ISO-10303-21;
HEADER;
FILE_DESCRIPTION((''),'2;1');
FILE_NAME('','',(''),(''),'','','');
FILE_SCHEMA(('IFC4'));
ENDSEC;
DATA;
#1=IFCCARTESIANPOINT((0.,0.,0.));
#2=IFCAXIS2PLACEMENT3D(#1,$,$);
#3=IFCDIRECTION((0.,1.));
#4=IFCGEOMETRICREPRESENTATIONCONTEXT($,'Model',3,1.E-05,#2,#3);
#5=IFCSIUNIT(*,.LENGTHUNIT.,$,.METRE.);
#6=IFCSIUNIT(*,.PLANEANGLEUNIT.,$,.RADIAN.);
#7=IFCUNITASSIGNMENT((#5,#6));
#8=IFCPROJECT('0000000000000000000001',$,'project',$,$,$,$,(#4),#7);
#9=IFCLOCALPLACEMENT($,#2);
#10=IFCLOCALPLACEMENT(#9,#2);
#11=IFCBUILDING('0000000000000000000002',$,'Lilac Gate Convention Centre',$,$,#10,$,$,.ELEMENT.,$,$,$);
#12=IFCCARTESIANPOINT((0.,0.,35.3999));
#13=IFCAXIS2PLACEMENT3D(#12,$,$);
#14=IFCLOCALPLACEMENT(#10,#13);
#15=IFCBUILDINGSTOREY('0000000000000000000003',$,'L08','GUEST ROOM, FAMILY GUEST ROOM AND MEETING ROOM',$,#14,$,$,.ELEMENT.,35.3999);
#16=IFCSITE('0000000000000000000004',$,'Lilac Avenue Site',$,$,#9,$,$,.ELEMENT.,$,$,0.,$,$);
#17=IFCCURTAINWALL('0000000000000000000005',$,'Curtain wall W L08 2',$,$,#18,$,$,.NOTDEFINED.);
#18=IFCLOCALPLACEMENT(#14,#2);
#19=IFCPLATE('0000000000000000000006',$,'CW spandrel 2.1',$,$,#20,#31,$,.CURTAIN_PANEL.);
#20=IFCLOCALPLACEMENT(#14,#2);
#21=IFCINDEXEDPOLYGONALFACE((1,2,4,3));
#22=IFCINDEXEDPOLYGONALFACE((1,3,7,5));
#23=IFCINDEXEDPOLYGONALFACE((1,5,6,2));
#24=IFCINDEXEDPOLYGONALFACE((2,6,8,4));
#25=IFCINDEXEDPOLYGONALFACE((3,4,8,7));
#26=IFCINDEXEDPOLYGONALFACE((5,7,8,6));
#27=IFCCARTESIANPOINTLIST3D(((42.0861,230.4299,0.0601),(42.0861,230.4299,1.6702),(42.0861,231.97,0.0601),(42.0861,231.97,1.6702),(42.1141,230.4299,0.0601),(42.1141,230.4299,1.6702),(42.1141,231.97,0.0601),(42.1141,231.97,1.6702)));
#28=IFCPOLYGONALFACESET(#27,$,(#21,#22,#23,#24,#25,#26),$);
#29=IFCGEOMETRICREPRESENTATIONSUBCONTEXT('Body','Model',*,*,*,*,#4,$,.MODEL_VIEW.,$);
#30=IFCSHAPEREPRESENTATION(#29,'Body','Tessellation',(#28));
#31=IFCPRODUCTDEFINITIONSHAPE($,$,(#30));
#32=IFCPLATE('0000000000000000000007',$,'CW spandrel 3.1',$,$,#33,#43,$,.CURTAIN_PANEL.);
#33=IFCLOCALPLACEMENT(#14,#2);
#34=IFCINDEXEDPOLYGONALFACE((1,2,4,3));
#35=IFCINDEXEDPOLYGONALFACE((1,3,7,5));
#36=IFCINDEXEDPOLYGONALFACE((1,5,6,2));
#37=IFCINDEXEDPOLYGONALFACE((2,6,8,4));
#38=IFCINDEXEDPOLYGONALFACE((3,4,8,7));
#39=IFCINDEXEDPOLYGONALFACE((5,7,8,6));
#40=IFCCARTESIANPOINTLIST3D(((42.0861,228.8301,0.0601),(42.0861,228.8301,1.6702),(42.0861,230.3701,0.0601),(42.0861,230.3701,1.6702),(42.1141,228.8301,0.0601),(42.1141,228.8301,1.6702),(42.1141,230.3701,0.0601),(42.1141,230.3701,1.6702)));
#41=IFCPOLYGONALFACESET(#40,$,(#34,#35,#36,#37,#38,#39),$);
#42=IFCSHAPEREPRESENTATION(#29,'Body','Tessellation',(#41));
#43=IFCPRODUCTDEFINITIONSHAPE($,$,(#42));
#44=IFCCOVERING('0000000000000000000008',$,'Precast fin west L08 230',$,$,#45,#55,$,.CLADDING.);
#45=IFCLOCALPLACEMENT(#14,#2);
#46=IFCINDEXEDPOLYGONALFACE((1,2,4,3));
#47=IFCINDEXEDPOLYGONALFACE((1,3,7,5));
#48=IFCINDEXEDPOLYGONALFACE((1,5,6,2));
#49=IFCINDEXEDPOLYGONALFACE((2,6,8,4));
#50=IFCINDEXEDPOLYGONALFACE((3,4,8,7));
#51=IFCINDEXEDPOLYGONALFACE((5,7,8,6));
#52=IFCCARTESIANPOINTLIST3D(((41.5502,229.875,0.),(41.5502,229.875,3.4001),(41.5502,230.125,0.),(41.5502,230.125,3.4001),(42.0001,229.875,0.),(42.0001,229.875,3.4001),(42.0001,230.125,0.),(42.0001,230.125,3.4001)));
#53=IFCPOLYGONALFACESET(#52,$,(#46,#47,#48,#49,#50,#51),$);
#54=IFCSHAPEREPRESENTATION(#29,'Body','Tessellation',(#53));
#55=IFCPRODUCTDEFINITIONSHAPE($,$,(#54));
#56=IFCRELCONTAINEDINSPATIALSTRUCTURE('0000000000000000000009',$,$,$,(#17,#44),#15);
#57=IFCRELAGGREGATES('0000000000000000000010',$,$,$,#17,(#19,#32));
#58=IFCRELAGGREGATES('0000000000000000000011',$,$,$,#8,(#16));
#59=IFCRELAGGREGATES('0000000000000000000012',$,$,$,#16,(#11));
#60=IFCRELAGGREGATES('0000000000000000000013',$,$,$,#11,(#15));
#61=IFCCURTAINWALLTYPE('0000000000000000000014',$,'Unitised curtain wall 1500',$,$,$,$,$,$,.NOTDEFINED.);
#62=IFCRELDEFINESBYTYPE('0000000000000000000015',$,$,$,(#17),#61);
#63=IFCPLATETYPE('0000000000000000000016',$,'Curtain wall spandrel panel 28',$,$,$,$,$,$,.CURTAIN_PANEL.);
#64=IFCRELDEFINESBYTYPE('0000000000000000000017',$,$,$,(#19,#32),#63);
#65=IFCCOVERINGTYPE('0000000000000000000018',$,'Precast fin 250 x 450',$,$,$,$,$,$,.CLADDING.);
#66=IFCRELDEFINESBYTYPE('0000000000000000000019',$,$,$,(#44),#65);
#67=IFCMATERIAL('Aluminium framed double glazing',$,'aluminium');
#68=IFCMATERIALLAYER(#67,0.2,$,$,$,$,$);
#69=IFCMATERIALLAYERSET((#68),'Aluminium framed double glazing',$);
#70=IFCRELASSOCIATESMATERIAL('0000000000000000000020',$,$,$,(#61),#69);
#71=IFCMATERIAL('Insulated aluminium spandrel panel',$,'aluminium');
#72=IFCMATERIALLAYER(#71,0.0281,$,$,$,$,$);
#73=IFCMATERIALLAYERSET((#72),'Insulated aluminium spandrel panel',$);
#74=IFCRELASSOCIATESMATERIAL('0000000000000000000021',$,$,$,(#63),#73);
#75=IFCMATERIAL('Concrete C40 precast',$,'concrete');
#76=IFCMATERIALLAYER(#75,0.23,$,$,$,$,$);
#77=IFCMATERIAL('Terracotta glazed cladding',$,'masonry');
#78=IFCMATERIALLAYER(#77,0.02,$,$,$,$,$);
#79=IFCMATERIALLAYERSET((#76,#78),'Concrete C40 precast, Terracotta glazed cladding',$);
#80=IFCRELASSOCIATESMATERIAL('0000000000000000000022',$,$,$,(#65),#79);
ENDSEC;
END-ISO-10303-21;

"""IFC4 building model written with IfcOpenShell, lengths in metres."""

from ifc_helpers import new_model, si_unit, direction, frame, frame_2d, origin, origin_2d, place, context, subcontext, project, spatial, rectangle, extrude, material, layer, layer_set, type_object, element, aggregate, save


model = new_model("IFC4")

# Units and contexts
model_context = context("Model", 3, precision=1e-05, world=origin(), true_north=direction((0.0, 1.0)))
body_context = subcontext(model_context, "Body", "Model", "MODEL_VIEW")
ifc_project = project(units=[si_unit("LENGTHUNIT", "METRE"), si_unit("PLANEANGLEUNIT", "RADIAN")], contexts=[model_context])

# Site, building, storey
site_placement = place(None, origin())
site = spatial("IfcSite", under=ifc_project, at=site_placement, Name="Lilac Avenue Site", CompositionType="ELEMENT", RefElevation=0.0)
building_placement = place(site_placement, origin())
building = spatial("IfcBuilding", under=site, at=building_placement, Name="Lilac Gate Convention Centre", CompositionType="ELEMENT")
storey_placement = place(building_placement, frame((0.0, 0.0, 35.3999)))
storey = spatial("IfcBuildingStorey", under=building, at=storey_placement, Name="L08", Description="GUEST ROOM, FAMILY GUEST ROOM AND MEETING ROOM", CompositionType="ELEMENT", Elevation=35.3999)

# Curtain wall, plates
ifc_material_1 = material(Name="Aluminium framed double glazing", Category="aluminium")
ifc_layer_1 = layer(ifc_material_1, 0.2)
ifc_layer_set_1 = layer_set([ifc_layer_1], Name="Aluminium framed double glazing")
curtain_wall_type = type_object("IfcCurtainWallType", Name="Unitised curtain wall 1500", PredefinedType="NOTDEFINED", material=ifc_layer_set_1)
curtain_wall_placement = place(storey_placement, origin())
curtain_wall = element("IfcCurtainWall", 1, at=curtain_wall_placement, inside=storey, type_object=curtain_wall_type, Name="Curtain wall W L08 2", PredefinedType="NOTDEFINED")
ifc_material_2 = material(Name="Insulated aluminium spandrel panel", Category="aluminium")
ifc_layer_2 = layer(ifc_material_2, 0.0281)
ifc_layer_set_2 = layer_set([ifc_layer_2], Name="Insulated aluminium spandrel panel")
plate_type_1 = type_object("IfcPlateType", Name="Curtain wall spandrel panel 28", PredefinedType="CURTAIN_PANEL", material=ifc_layer_set_2)
plate_1_placement = place(storey_placement, frame((42.1001, 231.2, 0.0601), z_axis=(0.0, 0.0, 1.0), x_axis=(0.0, -1.0, 0.0)))
plate_1 = element("IfcPlate", 2, at=plate_1_placement, type_object=plate_type_1, Name="CW spandrel 2.1", PredefinedType="CURTAIN_PANEL", context=body_context, shape_type="SweptSolid", body=[
    extrude(rectangle(XDim=1.54, YDim=0.0281, at=origin_2d()), origin(), (0.0, 0.0, 1.0), 1.6101),
])
plate_2_placement = place(storey_placement, frame((42.1001, 229.6001, 0.0601), z_axis=(0.0, 0.0, 1.0), x_axis=(0.0, -1.0, 0.0)))
plate_2 = element("IfcPlate", 3, at=plate_2_placement, type_object=plate_type_1, Name="CW spandrel 3.1", PredefinedType="CURTAIN_PANEL", context=body_context, shape_type="SweptSolid", body=[
    extrude(rectangle(XDim=1.54, YDim=0.0281, at=origin_2d()), origin(), (0.0, 0.0, 1.0), 1.6101),
])
aggregate(curtain_wall, [plate_1, plate_2])

# Covering
ifc_material_3 = material(Name="Concrete C40 precast", Category="concrete")
ifc_layer_3 = layer(ifc_material_3, 0.23)
ifc_material_4 = material(Name="Terracotta glazed cladding", Category="masonry")
ifc_layer_4 = layer(ifc_material_4, 0.02)
ifc_layer_set_3 = layer_set([ifc_layer_3, ifc_layer_4], Name="Concrete C40 precast, Terracotta glazed cladding")
covering_type = type_object("IfcCoveringType", Name="Precast fin 250 x 450", PredefinedType="CLADDING", material=ifc_layer_set_3)
covering_placement = place(storey_placement, frame((41.55, 230.0, 0.0), z_axis=(0.0, 0.0, 1.0), x_axis=(1.0, 0.0, 0.0)))
element("IfcCovering", 4, at=covering_placement, inside=storey, type_object=covering_type, Name="Precast fin west L08 230", PredefinedType="CLADDING", context=body_context, shape_type="SweptSolid", body=[
    extrude(rectangle(XDim=0.45, YDim=0.25, at=frame_2d((0.2251, 0.0))), origin(), (0.0, 0.0, 1.0), 3.4001),
])

save(model, "model.ifc")
